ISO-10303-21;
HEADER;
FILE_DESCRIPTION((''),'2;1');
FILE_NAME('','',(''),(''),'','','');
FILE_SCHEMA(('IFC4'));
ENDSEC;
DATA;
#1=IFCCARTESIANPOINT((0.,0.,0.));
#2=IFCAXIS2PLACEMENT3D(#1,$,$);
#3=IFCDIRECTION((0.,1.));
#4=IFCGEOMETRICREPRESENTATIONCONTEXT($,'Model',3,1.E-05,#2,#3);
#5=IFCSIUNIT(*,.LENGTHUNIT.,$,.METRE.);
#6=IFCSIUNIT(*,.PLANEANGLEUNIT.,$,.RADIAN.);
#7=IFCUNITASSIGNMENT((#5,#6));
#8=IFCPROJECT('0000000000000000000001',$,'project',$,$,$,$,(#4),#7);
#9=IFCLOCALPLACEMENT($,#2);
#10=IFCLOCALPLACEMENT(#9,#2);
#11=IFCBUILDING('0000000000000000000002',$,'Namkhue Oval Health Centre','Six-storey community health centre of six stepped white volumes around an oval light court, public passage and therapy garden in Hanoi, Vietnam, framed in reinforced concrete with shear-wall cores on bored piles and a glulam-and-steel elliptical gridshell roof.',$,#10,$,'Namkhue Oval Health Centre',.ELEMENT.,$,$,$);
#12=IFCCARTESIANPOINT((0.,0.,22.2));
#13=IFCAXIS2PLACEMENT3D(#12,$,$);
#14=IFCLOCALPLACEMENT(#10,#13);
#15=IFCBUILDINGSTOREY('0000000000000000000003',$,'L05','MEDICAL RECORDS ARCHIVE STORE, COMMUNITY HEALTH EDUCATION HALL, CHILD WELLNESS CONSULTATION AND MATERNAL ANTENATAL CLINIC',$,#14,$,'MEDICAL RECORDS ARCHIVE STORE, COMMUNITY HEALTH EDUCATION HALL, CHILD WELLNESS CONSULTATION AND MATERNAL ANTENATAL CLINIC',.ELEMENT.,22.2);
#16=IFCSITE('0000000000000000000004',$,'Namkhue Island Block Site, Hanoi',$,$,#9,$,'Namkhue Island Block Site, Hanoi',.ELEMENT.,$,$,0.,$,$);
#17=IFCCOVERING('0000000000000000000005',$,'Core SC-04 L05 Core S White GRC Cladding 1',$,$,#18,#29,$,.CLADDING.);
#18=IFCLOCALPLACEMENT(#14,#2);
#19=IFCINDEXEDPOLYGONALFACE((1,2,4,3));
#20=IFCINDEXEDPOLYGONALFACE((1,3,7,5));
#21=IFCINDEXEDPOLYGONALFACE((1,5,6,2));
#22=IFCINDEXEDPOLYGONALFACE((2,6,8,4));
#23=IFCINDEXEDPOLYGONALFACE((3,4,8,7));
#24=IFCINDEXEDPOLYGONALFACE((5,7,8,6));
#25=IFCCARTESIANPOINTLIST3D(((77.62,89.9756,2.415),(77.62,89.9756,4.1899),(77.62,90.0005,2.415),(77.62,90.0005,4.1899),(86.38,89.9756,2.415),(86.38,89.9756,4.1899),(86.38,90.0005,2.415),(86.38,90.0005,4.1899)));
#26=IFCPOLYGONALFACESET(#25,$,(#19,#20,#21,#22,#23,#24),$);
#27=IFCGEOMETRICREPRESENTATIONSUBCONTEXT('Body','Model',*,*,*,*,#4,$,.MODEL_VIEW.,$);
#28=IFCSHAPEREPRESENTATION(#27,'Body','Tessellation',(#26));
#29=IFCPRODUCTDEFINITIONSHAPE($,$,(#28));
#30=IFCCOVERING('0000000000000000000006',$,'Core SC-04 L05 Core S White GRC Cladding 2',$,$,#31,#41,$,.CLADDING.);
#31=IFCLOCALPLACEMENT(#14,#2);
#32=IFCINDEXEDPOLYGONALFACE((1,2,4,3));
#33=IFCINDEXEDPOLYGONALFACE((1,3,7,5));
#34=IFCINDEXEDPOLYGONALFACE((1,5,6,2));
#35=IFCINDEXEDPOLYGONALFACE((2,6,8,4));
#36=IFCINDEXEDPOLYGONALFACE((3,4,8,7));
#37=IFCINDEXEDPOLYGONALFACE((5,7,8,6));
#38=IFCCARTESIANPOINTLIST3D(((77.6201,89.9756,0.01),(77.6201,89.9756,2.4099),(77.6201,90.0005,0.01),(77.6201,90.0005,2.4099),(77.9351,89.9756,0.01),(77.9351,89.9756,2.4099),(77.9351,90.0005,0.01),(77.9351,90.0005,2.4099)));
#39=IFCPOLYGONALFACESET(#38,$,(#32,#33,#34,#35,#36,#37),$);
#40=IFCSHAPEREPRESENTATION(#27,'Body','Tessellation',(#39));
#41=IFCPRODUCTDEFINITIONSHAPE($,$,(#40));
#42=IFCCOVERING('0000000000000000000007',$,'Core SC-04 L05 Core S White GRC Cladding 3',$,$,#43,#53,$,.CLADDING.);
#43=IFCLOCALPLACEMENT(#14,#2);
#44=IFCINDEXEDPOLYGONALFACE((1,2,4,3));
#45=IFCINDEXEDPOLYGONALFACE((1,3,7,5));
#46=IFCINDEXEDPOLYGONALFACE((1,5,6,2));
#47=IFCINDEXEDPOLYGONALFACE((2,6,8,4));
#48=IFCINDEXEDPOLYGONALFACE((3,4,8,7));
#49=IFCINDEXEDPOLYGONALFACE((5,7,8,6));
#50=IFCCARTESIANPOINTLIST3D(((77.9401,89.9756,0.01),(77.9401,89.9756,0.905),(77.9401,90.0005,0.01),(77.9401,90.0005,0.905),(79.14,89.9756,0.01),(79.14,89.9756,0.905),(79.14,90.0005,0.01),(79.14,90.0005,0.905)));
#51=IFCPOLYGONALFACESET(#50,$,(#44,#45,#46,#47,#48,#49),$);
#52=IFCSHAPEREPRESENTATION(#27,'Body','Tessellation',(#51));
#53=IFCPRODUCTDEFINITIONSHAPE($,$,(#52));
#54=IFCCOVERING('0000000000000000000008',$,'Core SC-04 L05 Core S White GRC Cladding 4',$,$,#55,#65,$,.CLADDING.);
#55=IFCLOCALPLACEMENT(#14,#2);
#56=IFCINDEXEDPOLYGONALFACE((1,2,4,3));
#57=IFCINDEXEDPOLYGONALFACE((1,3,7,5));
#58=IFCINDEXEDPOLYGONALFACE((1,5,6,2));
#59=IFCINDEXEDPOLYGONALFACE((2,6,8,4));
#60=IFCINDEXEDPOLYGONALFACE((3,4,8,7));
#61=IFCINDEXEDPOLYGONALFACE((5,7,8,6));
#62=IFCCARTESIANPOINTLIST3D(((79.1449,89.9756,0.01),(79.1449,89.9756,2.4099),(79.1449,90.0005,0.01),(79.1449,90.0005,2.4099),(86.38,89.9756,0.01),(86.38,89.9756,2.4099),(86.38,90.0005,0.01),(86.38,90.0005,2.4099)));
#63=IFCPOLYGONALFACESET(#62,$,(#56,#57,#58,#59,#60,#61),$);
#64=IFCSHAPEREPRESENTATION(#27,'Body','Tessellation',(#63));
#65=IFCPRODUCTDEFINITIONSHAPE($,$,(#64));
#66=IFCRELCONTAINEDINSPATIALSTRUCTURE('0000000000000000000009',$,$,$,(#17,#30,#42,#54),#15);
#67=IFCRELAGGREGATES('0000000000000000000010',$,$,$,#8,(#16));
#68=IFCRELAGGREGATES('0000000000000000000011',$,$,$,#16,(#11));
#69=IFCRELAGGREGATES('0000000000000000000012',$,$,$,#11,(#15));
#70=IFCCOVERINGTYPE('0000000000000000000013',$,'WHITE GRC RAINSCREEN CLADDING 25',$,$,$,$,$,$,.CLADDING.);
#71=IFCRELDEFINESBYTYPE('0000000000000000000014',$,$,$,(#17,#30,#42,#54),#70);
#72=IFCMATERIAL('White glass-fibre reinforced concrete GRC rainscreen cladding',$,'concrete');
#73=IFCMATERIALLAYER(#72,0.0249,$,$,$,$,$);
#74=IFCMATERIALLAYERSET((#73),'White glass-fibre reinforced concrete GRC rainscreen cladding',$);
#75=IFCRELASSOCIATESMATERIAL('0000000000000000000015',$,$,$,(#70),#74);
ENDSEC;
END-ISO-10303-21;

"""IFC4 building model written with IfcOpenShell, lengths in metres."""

from ifc_helpers import new_model, si_unit, direction, frame, origin, origin_2d, place, context, subcontext, project, spatial, rectangle, extrude, material, layer, layer_set, type_object, element, save


model = new_model("IFC4")

# Units and contexts
model_context = context("Model", 3, precision=1e-05, world=origin(), true_north=direction((0.0, 1.0)))
body_context = subcontext(model_context, "Body", "Model", "MODEL_VIEW")
ifc_project = project(units=[si_unit("LENGTHUNIT", "METRE"), si_unit("PLANEANGLEUNIT", "RADIAN")], contexts=[model_context])

# Site, building, storey
site_placement = place(None, origin())
site = spatial("IfcSite", under=ifc_project, at=site_placement, Name="Namkhue Island Block Site, Hanoi", LongName="Namkhue Island Block Site, Hanoi", CompositionType="ELEMENT", RefElevation=0.0)
building_placement = place(site_placement, origin())
building = spatial("IfcBuilding", under=site, at=building_placement, Name="Namkhue Oval Health Centre", Description="Six-storey community health centre of six stepped white volumes around an oval light court, public passage and therapy garden in Hanoi, Vietnam, framed in reinforced concrete with shear-wall cores on bored piles and a glulam-and-steel elliptical gridshell roof.", LongName="Namkhue Oval Health Centre", CompositionType="ELEMENT")
storey_placement = place(building_placement, frame((0.0, 0.0, 22.2)))
storey = spatial("IfcBuildingStorey", under=building, at=storey_placement, Name="L05", Description="MEDICAL RECORDS ARCHIVE STORE, COMMUNITY HEALTH EDUCATION HALL, CHILD WELLNESS CONSULTATION AND MATERNAL ANTENATAL CLINIC", LongName="MEDICAL RECORDS ARCHIVE STORE, COMMUNITY HEALTH EDUCATION HALL, CHILD WELLNESS CONSULTATION AND MATERNAL ANTENATAL CLINIC", CompositionType="ELEMENT", Elevation=22.2)

# Coverings
ifc_material_1 = material(Name="White glass-fibre reinforced concrete GRC rainscreen cladding", Category="concrete")
ifc_layer_1 = layer(ifc_material_1, 0.0249)
ifc_layer_set_1 = layer_set([ifc_layer_1], Name="White glass-fibre reinforced concrete GRC rainscreen cladding")
covering_type_1 = type_object("IfcCoveringType", Name="WHITE GRC RAINSCREEN CLADDING 25", PredefinedType="CLADDING", material=ifc_layer_set_1)
covering_1_placement = place(storey_placement, frame((82.0, 89.988, 2.415), z_axis=(0.0, 0.0, 1.0), x_axis=(1.0, 0.0, 0.0)))
element("IfcCovering", 1, at=covering_1_placement, inside=storey, type_object=covering_type_1, Name="Core SC-04 L05 Core S White GRC Cladding 1", PredefinedType="CLADDING", context=body_context, shape_type="SweptSolid", body=[
    extrude(rectangle(XDim=8.76, YDim=0.0249, at=origin_2d()), origin(), (0.0, 0.0, 1.0), 1.7749),
])
covering_2_placement = place(storey_placement, frame((77.7776, 89.988, 0.01), z_axis=(0.0, 0.0, 1.0), x_axis=(1.0, 0.0, 0.0)))
element("IfcCovering", 2, at=covering_2_placement, inside=storey, type_object=covering_type_1, Name="Core SC-04 L05 Core S White GRC Cladding 2", PredefinedType="CLADDING", context=body_context, shape_type="SweptSolid", body=[
    extrude(rectangle(XDim=0.3149, YDim=0.0249, at=origin_2d()), origin(), (0.0, 0.0, 1.0), 2.3999),
])
covering_3_placement = place(storey_placement, frame((78.54, 89.988, 0.01), z_axis=(0.0, 0.0, 1.0), x_axis=(1.0, 0.0, 0.0)))
element("IfcCovering", 3, at=covering_3_placement, inside=storey, type_object=covering_type_1, Name="Core SC-04 L05 Core S White GRC Cladding 3", PredefinedType="CLADDING", context=body_context, shape_type="SweptSolid", body=[
    extrude(rectangle(XDim=1.2, YDim=0.0249, at=origin_2d()), origin(), (0.0, 0.0, 1.0), 0.895),
])
covering_4_placement = place(storey_placement, frame((82.7625, 89.988, 0.01), z_axis=(0.0, 0.0, 1.0), x_axis=(1.0, 0.0, 0.0)))
element("IfcCovering", 4, at=covering_4_placement, inside=storey, type_object=covering_type_1, Name="Core SC-04 L05 Core S White GRC Cladding 4", PredefinedType="CLADDING", context=body_context, shape_type="SweptSolid", body=[
    extrude(rectangle(XDim=7.2351, YDim=0.0249, at=origin_2d()), origin(), (0.0, 0.0, 1.0), 2.3999),
])

save(model, "model.ifc")
